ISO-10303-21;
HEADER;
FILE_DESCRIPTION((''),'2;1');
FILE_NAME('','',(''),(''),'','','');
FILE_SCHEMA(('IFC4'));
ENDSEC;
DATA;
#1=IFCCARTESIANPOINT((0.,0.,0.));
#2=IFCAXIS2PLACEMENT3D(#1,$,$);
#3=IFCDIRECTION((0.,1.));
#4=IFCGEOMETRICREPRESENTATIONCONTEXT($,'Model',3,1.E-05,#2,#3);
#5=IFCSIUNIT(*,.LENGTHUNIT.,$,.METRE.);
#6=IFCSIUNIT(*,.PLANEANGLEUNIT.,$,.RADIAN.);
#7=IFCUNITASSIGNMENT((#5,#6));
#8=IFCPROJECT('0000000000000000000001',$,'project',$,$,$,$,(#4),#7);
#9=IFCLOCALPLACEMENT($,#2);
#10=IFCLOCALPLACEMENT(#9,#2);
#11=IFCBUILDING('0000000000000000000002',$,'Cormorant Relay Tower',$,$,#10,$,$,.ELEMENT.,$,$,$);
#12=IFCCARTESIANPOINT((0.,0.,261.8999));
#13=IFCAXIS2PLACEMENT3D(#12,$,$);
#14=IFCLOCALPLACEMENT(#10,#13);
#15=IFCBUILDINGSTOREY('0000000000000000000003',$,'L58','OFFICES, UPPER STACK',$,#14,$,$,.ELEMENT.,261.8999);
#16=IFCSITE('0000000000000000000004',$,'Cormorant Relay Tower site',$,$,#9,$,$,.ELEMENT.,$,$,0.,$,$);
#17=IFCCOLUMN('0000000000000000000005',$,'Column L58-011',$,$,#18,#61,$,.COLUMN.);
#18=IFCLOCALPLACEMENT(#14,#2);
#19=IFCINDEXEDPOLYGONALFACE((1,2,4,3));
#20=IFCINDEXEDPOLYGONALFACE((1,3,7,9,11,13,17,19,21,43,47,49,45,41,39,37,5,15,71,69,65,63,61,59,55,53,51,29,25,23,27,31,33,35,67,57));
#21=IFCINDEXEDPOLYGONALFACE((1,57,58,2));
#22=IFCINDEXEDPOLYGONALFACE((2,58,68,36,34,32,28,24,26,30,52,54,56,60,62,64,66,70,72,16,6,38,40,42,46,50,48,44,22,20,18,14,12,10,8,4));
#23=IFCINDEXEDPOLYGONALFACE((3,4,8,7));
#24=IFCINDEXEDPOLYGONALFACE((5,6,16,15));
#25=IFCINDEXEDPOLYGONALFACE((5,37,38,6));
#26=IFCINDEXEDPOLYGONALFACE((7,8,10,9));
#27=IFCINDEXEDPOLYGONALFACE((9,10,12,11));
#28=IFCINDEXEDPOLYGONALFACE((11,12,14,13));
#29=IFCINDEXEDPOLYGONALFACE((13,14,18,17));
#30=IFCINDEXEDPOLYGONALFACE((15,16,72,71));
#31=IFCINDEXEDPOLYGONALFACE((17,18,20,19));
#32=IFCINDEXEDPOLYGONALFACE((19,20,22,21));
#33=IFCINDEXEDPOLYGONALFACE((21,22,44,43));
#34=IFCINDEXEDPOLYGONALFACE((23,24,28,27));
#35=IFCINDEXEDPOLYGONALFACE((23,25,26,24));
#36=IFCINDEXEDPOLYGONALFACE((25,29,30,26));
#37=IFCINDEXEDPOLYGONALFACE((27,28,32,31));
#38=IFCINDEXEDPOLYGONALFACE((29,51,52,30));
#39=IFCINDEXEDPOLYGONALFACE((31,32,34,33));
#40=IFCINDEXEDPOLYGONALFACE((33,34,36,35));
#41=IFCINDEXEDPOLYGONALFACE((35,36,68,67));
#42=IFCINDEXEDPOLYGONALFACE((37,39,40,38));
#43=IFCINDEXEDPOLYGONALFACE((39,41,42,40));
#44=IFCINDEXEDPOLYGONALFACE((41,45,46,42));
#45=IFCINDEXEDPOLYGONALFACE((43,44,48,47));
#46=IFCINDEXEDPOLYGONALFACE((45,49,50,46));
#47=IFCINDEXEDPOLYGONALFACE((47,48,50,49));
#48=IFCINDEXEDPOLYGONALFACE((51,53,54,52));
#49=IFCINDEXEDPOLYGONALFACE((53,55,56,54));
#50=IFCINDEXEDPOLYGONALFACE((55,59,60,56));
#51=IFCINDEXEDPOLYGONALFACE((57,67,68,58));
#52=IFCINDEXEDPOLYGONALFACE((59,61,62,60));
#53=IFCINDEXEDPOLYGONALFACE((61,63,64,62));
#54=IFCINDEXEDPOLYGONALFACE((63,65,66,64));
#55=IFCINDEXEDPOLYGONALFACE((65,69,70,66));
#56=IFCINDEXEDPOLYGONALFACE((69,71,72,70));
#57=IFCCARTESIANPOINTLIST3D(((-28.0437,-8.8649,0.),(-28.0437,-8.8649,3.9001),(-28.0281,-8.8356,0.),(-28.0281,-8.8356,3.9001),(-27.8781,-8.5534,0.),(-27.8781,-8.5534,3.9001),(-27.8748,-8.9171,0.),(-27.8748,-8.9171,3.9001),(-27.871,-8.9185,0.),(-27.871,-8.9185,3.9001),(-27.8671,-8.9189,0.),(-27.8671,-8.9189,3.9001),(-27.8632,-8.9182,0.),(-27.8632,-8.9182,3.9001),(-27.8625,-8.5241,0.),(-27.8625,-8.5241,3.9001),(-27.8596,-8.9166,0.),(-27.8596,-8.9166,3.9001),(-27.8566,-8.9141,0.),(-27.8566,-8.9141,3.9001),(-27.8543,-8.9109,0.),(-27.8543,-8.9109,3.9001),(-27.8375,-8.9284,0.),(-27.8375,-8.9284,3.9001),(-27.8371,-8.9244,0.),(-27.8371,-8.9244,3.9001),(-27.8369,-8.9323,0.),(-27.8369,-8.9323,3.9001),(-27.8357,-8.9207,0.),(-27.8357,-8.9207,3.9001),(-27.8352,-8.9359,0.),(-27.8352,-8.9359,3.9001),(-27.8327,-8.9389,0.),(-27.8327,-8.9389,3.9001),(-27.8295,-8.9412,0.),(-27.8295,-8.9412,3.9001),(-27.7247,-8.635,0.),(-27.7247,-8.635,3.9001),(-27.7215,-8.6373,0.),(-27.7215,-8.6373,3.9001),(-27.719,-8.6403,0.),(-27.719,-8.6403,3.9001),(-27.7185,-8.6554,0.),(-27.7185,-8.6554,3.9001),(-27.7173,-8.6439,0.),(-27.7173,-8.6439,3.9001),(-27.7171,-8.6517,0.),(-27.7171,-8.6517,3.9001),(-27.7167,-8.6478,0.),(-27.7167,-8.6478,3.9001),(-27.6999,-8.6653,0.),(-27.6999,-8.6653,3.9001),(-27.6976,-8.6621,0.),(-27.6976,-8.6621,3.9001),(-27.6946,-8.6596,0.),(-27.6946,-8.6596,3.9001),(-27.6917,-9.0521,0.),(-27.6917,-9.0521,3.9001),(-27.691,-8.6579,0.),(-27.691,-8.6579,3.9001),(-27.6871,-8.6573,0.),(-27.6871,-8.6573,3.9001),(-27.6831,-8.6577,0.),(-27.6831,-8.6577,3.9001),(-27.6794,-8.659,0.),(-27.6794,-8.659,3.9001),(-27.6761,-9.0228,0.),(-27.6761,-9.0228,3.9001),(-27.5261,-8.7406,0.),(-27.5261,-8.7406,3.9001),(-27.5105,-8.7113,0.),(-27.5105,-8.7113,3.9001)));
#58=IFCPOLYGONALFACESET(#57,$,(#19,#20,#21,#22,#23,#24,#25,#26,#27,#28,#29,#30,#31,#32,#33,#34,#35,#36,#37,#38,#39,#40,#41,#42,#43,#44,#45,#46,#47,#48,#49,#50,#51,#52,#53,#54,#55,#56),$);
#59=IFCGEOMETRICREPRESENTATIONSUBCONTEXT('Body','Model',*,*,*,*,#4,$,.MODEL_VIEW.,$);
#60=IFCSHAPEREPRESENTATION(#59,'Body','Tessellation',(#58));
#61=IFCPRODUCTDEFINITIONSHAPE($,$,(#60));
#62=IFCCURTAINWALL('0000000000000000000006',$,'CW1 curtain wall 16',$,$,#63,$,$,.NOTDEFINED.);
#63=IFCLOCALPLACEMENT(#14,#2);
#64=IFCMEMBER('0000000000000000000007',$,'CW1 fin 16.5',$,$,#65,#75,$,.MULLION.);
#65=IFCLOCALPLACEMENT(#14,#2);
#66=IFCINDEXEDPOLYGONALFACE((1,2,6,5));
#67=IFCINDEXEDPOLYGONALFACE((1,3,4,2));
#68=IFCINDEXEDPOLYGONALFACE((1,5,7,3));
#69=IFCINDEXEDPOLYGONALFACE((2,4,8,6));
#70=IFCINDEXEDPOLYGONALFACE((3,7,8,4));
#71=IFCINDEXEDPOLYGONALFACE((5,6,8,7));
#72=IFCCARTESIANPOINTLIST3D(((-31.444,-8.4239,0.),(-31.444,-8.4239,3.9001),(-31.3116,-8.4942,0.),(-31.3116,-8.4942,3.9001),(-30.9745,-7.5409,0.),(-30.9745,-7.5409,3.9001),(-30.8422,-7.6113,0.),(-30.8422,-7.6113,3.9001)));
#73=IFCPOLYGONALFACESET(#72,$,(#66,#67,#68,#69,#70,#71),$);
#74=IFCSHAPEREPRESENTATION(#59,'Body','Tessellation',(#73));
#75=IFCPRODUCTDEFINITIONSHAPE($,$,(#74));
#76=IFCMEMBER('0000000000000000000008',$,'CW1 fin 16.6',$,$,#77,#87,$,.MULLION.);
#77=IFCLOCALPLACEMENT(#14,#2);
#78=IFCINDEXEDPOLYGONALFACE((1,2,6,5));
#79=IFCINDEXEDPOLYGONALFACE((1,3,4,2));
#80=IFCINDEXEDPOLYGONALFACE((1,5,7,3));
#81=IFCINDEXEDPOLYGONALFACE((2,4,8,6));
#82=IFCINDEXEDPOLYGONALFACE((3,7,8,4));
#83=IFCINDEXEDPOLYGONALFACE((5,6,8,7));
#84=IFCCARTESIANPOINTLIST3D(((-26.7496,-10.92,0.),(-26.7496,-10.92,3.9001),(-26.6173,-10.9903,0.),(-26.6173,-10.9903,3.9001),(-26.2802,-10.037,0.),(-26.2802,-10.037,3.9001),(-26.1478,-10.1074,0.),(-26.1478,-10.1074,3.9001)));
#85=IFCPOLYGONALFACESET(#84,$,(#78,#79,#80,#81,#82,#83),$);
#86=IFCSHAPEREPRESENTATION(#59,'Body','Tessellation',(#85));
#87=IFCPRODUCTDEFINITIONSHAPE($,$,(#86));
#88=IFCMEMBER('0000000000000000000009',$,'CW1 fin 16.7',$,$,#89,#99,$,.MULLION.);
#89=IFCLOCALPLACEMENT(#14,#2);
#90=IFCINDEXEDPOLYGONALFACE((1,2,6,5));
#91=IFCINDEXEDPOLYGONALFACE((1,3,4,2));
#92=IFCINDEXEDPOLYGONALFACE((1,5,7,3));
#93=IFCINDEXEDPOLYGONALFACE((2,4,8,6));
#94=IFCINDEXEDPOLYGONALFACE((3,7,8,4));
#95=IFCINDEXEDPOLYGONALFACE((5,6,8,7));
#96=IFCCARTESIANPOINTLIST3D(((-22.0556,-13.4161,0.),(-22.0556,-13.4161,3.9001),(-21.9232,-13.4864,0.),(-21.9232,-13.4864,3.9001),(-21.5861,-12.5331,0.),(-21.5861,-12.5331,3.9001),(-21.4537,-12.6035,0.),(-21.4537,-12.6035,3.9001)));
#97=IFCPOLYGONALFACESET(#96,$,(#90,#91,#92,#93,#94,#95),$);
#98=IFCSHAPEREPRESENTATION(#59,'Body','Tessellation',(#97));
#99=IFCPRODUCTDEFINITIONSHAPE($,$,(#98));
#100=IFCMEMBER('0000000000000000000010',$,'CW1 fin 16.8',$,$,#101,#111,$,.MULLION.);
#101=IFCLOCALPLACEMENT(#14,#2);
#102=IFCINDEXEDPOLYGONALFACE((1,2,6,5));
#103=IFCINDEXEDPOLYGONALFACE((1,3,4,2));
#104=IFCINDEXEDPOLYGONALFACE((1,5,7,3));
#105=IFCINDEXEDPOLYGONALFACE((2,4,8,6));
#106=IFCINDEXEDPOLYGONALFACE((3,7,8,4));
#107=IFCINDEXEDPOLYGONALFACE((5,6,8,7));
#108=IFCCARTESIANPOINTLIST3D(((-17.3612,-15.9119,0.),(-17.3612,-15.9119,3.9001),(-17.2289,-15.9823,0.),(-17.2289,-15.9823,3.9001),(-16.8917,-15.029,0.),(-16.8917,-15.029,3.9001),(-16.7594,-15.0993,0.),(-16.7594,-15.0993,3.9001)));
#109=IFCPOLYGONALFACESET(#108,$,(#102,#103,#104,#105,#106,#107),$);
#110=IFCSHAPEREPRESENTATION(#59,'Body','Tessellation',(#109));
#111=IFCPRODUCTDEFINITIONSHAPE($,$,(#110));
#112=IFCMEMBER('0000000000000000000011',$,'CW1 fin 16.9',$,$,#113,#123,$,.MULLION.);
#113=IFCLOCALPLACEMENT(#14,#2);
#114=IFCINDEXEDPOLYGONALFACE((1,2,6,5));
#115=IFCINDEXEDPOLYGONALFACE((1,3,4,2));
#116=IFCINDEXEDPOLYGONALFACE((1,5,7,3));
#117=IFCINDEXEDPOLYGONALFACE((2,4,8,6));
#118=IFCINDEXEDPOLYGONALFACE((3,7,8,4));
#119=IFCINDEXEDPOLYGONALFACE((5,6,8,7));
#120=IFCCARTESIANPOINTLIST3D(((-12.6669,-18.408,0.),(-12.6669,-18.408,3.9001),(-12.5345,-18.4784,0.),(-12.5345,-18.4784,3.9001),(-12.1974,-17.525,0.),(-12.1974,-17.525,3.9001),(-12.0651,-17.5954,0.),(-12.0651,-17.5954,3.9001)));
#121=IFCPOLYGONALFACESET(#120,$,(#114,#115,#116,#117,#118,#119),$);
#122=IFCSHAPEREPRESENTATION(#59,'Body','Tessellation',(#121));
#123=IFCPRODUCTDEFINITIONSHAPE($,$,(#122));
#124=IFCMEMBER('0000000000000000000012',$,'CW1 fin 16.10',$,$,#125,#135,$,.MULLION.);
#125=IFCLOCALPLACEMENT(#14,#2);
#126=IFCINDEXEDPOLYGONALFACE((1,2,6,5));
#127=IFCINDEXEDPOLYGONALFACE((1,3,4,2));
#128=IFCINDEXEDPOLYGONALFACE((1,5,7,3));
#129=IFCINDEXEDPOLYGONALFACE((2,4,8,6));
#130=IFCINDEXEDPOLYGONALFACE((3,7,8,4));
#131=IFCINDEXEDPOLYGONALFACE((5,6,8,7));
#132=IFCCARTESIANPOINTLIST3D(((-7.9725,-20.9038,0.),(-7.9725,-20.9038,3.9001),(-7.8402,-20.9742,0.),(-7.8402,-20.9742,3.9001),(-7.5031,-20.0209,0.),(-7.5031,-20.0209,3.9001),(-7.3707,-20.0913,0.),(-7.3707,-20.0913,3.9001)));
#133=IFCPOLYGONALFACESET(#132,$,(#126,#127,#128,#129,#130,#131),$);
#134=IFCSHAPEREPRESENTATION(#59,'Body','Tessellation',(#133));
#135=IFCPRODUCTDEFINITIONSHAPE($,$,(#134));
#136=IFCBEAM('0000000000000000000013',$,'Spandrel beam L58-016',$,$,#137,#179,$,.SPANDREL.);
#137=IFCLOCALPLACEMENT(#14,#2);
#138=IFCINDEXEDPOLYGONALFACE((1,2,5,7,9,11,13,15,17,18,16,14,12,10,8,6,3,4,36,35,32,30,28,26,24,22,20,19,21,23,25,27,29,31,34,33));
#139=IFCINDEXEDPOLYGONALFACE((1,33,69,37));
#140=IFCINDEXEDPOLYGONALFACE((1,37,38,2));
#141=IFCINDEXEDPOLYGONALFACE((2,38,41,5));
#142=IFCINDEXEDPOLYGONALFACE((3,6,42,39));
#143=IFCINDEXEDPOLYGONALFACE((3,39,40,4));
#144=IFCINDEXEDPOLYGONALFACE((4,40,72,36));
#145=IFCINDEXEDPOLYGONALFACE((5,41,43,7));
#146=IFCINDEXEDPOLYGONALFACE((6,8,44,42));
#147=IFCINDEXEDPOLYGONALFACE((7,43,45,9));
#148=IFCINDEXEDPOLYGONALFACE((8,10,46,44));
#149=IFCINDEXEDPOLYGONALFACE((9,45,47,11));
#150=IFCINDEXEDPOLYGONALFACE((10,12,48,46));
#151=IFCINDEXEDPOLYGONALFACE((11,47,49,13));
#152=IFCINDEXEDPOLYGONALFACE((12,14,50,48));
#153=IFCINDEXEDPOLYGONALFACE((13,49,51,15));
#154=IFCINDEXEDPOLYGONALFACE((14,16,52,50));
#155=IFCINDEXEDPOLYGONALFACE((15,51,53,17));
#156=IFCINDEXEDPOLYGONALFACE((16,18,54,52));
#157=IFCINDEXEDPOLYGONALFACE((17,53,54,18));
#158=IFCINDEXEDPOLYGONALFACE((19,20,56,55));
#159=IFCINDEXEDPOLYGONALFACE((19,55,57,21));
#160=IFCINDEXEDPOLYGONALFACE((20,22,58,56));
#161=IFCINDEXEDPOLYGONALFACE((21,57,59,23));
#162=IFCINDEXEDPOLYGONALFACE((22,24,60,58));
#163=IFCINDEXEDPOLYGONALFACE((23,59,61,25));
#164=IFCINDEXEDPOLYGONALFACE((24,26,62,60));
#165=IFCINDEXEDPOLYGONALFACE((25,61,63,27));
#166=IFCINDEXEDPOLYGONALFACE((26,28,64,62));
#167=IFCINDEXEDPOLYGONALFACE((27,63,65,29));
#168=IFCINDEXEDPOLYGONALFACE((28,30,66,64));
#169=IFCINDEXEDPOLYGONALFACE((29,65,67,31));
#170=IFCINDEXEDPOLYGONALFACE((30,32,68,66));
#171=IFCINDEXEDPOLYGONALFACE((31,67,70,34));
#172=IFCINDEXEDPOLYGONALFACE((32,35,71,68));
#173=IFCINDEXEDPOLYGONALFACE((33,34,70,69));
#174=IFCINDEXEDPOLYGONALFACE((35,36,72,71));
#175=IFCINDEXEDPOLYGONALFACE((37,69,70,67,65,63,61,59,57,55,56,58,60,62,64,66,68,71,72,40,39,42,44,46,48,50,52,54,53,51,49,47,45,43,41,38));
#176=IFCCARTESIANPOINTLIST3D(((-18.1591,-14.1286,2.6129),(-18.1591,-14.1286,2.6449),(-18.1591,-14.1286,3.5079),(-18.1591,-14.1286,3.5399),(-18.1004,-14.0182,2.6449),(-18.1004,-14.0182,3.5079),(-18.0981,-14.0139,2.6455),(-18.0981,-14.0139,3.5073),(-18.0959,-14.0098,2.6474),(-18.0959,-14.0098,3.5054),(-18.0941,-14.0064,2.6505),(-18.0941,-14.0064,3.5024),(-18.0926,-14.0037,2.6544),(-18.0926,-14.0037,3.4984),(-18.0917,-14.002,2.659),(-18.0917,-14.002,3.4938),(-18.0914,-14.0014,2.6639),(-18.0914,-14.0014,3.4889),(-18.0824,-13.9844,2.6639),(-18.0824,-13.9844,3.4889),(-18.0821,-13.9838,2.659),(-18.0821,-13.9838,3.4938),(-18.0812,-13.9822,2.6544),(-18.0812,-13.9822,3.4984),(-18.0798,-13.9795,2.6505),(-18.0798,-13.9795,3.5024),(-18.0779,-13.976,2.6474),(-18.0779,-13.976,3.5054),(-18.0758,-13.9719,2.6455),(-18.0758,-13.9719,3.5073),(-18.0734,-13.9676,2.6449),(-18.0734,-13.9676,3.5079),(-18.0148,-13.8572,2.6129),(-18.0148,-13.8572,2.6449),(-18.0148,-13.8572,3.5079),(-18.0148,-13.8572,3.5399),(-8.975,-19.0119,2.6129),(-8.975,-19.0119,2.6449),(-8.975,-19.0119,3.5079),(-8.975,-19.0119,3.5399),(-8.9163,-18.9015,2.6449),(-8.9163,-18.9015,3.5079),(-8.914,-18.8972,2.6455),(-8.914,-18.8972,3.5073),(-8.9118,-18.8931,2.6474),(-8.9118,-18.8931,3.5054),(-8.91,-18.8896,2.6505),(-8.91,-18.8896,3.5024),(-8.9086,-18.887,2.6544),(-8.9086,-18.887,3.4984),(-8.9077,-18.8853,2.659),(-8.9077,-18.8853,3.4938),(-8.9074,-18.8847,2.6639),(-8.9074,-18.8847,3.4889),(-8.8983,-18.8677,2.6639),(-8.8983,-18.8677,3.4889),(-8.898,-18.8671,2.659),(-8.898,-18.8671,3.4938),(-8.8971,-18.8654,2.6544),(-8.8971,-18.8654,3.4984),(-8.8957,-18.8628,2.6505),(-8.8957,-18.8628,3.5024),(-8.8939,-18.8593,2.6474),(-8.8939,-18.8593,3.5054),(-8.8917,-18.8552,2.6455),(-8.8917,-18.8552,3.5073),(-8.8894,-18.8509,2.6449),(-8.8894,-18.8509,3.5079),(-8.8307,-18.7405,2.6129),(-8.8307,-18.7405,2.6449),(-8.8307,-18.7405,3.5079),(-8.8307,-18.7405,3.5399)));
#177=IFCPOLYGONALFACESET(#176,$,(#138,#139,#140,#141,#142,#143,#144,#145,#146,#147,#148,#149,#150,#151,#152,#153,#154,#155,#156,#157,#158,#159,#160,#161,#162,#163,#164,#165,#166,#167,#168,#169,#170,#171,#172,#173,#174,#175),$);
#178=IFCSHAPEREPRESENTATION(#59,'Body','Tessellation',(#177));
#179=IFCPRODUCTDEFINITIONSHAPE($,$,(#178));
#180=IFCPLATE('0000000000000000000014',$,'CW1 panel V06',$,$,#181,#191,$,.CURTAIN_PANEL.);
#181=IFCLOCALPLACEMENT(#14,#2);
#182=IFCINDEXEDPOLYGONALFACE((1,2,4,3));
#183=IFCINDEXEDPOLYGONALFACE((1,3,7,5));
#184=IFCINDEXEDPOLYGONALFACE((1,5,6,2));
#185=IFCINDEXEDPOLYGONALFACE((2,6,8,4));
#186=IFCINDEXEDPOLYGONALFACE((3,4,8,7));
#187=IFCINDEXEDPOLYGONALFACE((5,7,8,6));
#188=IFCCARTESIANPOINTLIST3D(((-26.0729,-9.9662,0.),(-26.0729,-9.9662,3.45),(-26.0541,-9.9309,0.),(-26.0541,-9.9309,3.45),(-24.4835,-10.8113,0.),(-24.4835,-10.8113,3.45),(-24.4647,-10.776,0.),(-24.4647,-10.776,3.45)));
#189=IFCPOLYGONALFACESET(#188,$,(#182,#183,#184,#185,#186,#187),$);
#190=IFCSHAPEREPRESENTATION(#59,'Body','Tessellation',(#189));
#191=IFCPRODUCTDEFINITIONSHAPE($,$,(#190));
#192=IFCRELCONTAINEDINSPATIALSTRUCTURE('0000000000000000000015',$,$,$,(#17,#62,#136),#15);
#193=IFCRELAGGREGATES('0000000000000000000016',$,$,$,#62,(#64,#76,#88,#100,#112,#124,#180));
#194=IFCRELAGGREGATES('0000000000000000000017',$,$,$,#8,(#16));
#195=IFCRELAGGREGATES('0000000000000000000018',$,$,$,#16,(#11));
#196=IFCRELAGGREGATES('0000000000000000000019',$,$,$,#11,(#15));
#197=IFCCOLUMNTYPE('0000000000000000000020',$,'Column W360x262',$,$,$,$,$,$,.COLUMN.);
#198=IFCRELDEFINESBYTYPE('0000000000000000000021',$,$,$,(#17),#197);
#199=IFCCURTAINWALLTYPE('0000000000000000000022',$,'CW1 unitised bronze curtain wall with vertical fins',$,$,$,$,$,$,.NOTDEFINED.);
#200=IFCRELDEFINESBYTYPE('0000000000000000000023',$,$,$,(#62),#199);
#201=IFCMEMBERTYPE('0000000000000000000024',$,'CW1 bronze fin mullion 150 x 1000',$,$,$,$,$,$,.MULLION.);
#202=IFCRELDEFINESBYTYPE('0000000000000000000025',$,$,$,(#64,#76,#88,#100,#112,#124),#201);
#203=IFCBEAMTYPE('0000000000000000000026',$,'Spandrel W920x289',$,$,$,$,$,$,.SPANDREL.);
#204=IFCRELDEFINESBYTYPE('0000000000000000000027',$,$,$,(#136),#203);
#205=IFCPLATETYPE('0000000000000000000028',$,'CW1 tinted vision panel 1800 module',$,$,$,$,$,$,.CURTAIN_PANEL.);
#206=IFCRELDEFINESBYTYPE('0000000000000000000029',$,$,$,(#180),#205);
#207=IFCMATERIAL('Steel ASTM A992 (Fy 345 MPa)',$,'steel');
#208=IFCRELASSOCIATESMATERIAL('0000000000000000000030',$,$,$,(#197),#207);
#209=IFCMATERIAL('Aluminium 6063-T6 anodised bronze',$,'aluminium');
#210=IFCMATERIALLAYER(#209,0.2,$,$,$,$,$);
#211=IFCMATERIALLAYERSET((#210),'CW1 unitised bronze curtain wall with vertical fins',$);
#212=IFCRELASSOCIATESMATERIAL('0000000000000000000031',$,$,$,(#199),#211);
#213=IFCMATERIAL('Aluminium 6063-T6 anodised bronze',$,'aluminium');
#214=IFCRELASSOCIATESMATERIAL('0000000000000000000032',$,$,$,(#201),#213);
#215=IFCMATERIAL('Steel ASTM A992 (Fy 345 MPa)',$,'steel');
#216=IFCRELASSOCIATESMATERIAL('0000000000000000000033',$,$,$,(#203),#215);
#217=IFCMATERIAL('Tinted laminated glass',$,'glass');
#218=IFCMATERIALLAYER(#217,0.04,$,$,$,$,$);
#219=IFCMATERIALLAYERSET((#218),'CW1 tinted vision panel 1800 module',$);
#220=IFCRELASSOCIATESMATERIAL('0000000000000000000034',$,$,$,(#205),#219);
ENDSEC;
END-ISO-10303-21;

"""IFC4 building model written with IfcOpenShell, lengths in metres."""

from ifc_helpers import new_model, si_unit, direction, frame, origin, origin_2d, place, context, subcontext, project, spatial, rectangle, i_section, extrude, material, layer, layer_set, material_profile, profile_set, type_object, element, aggregate, save


model = new_model("IFC4")

# Units and contexts
model_context = context("Model", 3, precision=1e-05, world=origin(), true_north=direction((0.0, 1.0)))
body_context = subcontext(model_context, "Body", "Model", "MODEL_VIEW")
ifc_project = project(units=[si_unit("LENGTHUNIT", "METRE"), si_unit("PLANEANGLEUNIT", "RADIAN")], contexts=[model_context])

# Site, building, storey
site_placement = place(None, origin())
site = spatial("IfcSite", under=ifc_project, at=site_placement, Name="Cormorant Relay Tower site", CompositionType="ELEMENT", RefElevation=0.0)
building_placement = place(site_placement, origin())
building = spatial("IfcBuilding", under=site, at=building_placement, Name="Cormorant Relay Tower", CompositionType="ELEMENT")
storey_placement = place(building_placement, frame((0.0, 0.0, 261.8999)))
storey = spatial("IfcBuildingStorey", under=building, at=storey_placement, Name="L58", Description="OFFICES, UPPER STACK", CompositionType="ELEMENT", Elevation=261.8999)

# Column
ifc_material_1 = material(Name="Steel ASTM A992 (Fy 345 MPa)", Category="steel")
ifc_material_profile_1 = material_profile(ifc_material_1, i_section(OverallWidth=0.3987, OverallDepth=0.386, WebThickness=0.021, FlangeThickness=0.0332, FilletRadius=0.0151, at=origin_2d()), Name="W360x262")
ifc_profile_set_1 = profile_set([ifc_material_profile_1], Name="Steel ASTM A992 (Fy 345 MPa)")
column_type_1 = type_object("IfcColumnType", Name="Column W360x262", PredefinedType="COLUMN", material=ifc_profile_set_1)
for number, where, z_axis, x_axis, name in (
    (1, (-27.7771, -8.7881, 0.0), (0.0, 0.0, 1.0), (0.882948, -0.469472, 0.0), "Column L58-011"),
):
    element("IfcColumn", number, at=place(storey_placement, frame(where, z_axis=z_axis, x_axis=x_axis)), inside=storey, type_object=column_type_1, Name=name, PredefinedType="COLUMN", context=body_context, shape_type="SweptSolid", body=[
        extrude(i_section(OverallWidth=0.3987, OverallDepth=0.386, WebThickness=0.021, FlangeThickness=0.0332, FilletRadius=0.0151, at=origin_2d()), origin(), (0.0, 0.0, 1.0), 3.9001),
    ])

# Curtain wall, members
ifc_material_2 = material(Name="Aluminium 6063-T6 anodised bronze", Category="aluminium")
ifc_layer_1 = layer(ifc_material_2, 0.2)
ifc_layer_set_1 = layer_set([ifc_layer_1], Name="CW1 unitised bronze curtain wall with vertical fins")
curtain_wall_type = type_object("IfcCurtainWallType", Name="CW1 unitised bronze curtain wall with vertical fins", PredefinedType="NOTDEFINED", material=ifc_layer_set_1)
curtain_wall_placement = place(storey_placement, origin())
curtain_wall = element("IfcCurtainWall", 2, at=curtain_wall_placement, inside=storey, type_object=curtain_wall_type, Name="CW1 curtain wall 16", PredefinedType="NOTDEFINED")
ifc_material_3 = material(Name="Aluminium 6063-T6 anodised bronze", Category="aluminium")
ifc_material_profile_2 = material_profile(ifc_material_3, rectangle(XDim=0.1499, YDim=1.0, at=origin_2d()), Name="AL 150x1000")
ifc_profile_set_2 = profile_set([ifc_material_profile_2], Name="Aluminium 6063-T6 anodised bronze")
member_type = type_object("IfcMemberType", Name="CW1 bronze fin mullion 150 x 1000", PredefinedType="MULLION", material=ifc_profile_set_2)
member_1_placement = place(storey_placement, frame((-31.1431, -8.0176, 0.0), z_axis=(0.0, 0.0, 1.0), x_axis=(0.882948, -0.469472, 0.0)))
member_1 = element("IfcMember", 3, at=member_1_placement, type_object=member_type, Name="CW1 fin 16.5", PredefinedType="MULLION", context=body_context, shape_type="SweptSolid", body=[
    extrude(rectangle(XDim=0.1499, YDim=1.0, at=origin_2d()), origin(), (0.0, 0.0, 1.0), 3.9001),
])
member_2_placement = place(storey_placement, frame((-26.4487, -10.5137, 0.0), z_axis=(0.0, 0.0, 1.0), x_axis=(0.882948, -0.469472, 0.0)))
member_2 = element("IfcMember", 4, at=member_2_placement, type_object=member_type, Name="CW1 fin 16.6", PredefinedType="MULLION", context=body_context, shape_type="SweptSolid", body=[
    extrude(rectangle(XDim=0.1499, YDim=1.0, at=origin_2d()), origin(), (0.0, 0.0, 1.0), 3.9001),
])
member_3_placement = place(storey_placement, frame((-21.7546, -13.0098, 0.0), z_axis=(0.0, 0.0, 1.0), x_axis=(0.882948, -0.469472, 0.0)))
member_3 = element("IfcMember", 5, at=member_3_placement, type_object=member_type, Name="CW1 fin 16.7", PredefinedType="MULLION", context=body_context, shape_type="SweptSolid", body=[
    extrude(rectangle(XDim=0.1499, YDim=1.0, at=origin_2d()), origin(), (0.0, 0.0, 1.0), 3.9001),
])
member_4_placement = place(storey_placement, frame((-17.0603, -15.5056, 0.0), z_axis=(0.0, 0.0, 1.0), x_axis=(0.882948, -0.469472, 0.0)))
member_4 = element("IfcMember", 6, at=member_4_placement, type_object=member_type, Name="CW1 fin 16.8", PredefinedType="MULLION", context=body_context, shape_type="SweptSolid", body=[
    extrude(rectangle(XDim=0.1499, YDim=1.0, at=origin_2d()), origin(), (0.0, 0.0, 1.0), 3.9001),
])
member_5_placement = place(storey_placement, frame((-12.366, -18.0017, 0.0), z_axis=(0.0, 0.0, 1.0), x_axis=(0.882948, -0.469472, 0.0)))
member_5 = element("IfcMember", 7, at=member_5_placement, type_object=member_type, Name="CW1 fin 16.9", PredefinedType="MULLION", context=body_context, shape_type="SweptSolid", body=[
    extrude(rectangle(XDim=0.1499, YDim=1.0, at=origin_2d()), origin(), (0.0, 0.0, 1.0), 3.9001),
])
member_6_placement = place(storey_placement, frame((-7.6716, -20.4976, 0.0), z_axis=(0.0, 0.0, 1.0), x_axis=(0.882948, -0.469472, 0.0)))
member_6 = element("IfcMember", 8, at=member_6_placement, type_object=member_type, Name="CW1 fin 16.10", PredefinedType="MULLION", context=body_context, shape_type="SweptSolid", body=[
    extrude(rectangle(XDim=0.1499, YDim=1.0, at=origin_2d()), origin(), (0.0, 0.0, 1.0), 3.9001),
])

# Beam
ifc_material_4 = material(Name="Steel ASTM A992 (Fy 345 MPa)", Category="steel")
ifc_material_profile_3 = material_profile(ifc_material_4, i_section(OverallWidth=0.3074, OverallDepth=0.927, WebThickness=0.0193, FlangeThickness=0.032, FilletRadius=0.019, at=origin_2d()), Name="W920x289")
ifc_profile_set_3 = profile_set([ifc_material_profile_3], Name="Steel ASTM A992 (Fy 345 MPa)")
beam_type = type_object("IfcBeamType", Name="Spandrel W920x289", PredefinedType="SPANDREL", material=ifc_profile_set_3)
beam_placement = place(storey_placement, frame((-18.0869, -13.9929, 3.0764), z_axis=(0.882946, -0.469474, 0.0), x_axis=(0.469474, 0.882946, 0.0)))
element("IfcBeam", 9, at=beam_placement, inside=storey, type_object=beam_type, Name="Spandrel beam L58-016", PredefinedType="SPANDREL", context=body_context, shape_type="SweptSolid", body=[
    extrude(i_section(OverallWidth=0.3074, OverallDepth=0.927, WebThickness=0.0193, FlangeThickness=0.032, FilletRadius=0.019, at=origin_2d()), origin(), (0.0, 0.0, 1.0), 10.4016),
])

# Plate
ifc_material_5 = material(Name="Tinted laminated glass", Category="glass")
ifc_layer_2 = layer(ifc_material_5, 0.04)
ifc_layer_set_2 = layer_set([ifc_layer_2], Name="CW1 tinted vision panel 1800 module")
plate_type_1 = type_object("IfcPlateType", Name="CW1 tinted vision panel 1800 module", PredefinedType="CURTAIN_PANEL", material=ifc_layer_set_2)
plate_1_placement = place(storey_placement, frame((-25.2688, -10.3711, 0.0), z_axis=(0.0, 0.0, 1.0), x_axis=(0.882948, -0.469472, 0.0)))
plate_1 = element("IfcPlate", 10, at=plate_1_placement, type_object=plate_type_1, Name="CW1 panel V06", PredefinedType="CURTAIN_PANEL", context=body_context, shape_type="SweptSolid", body=[
    extrude(rectangle(XDim=1.8, YDim=0.04, at=origin_2d()), origin(), (0.0, 0.0, 1.0), 3.45),
])

aggregate(curtain_wall, [member_1, member_2, member_3, member_4, member_5, member_6, plate_1])

save(model, "model.ifc")
